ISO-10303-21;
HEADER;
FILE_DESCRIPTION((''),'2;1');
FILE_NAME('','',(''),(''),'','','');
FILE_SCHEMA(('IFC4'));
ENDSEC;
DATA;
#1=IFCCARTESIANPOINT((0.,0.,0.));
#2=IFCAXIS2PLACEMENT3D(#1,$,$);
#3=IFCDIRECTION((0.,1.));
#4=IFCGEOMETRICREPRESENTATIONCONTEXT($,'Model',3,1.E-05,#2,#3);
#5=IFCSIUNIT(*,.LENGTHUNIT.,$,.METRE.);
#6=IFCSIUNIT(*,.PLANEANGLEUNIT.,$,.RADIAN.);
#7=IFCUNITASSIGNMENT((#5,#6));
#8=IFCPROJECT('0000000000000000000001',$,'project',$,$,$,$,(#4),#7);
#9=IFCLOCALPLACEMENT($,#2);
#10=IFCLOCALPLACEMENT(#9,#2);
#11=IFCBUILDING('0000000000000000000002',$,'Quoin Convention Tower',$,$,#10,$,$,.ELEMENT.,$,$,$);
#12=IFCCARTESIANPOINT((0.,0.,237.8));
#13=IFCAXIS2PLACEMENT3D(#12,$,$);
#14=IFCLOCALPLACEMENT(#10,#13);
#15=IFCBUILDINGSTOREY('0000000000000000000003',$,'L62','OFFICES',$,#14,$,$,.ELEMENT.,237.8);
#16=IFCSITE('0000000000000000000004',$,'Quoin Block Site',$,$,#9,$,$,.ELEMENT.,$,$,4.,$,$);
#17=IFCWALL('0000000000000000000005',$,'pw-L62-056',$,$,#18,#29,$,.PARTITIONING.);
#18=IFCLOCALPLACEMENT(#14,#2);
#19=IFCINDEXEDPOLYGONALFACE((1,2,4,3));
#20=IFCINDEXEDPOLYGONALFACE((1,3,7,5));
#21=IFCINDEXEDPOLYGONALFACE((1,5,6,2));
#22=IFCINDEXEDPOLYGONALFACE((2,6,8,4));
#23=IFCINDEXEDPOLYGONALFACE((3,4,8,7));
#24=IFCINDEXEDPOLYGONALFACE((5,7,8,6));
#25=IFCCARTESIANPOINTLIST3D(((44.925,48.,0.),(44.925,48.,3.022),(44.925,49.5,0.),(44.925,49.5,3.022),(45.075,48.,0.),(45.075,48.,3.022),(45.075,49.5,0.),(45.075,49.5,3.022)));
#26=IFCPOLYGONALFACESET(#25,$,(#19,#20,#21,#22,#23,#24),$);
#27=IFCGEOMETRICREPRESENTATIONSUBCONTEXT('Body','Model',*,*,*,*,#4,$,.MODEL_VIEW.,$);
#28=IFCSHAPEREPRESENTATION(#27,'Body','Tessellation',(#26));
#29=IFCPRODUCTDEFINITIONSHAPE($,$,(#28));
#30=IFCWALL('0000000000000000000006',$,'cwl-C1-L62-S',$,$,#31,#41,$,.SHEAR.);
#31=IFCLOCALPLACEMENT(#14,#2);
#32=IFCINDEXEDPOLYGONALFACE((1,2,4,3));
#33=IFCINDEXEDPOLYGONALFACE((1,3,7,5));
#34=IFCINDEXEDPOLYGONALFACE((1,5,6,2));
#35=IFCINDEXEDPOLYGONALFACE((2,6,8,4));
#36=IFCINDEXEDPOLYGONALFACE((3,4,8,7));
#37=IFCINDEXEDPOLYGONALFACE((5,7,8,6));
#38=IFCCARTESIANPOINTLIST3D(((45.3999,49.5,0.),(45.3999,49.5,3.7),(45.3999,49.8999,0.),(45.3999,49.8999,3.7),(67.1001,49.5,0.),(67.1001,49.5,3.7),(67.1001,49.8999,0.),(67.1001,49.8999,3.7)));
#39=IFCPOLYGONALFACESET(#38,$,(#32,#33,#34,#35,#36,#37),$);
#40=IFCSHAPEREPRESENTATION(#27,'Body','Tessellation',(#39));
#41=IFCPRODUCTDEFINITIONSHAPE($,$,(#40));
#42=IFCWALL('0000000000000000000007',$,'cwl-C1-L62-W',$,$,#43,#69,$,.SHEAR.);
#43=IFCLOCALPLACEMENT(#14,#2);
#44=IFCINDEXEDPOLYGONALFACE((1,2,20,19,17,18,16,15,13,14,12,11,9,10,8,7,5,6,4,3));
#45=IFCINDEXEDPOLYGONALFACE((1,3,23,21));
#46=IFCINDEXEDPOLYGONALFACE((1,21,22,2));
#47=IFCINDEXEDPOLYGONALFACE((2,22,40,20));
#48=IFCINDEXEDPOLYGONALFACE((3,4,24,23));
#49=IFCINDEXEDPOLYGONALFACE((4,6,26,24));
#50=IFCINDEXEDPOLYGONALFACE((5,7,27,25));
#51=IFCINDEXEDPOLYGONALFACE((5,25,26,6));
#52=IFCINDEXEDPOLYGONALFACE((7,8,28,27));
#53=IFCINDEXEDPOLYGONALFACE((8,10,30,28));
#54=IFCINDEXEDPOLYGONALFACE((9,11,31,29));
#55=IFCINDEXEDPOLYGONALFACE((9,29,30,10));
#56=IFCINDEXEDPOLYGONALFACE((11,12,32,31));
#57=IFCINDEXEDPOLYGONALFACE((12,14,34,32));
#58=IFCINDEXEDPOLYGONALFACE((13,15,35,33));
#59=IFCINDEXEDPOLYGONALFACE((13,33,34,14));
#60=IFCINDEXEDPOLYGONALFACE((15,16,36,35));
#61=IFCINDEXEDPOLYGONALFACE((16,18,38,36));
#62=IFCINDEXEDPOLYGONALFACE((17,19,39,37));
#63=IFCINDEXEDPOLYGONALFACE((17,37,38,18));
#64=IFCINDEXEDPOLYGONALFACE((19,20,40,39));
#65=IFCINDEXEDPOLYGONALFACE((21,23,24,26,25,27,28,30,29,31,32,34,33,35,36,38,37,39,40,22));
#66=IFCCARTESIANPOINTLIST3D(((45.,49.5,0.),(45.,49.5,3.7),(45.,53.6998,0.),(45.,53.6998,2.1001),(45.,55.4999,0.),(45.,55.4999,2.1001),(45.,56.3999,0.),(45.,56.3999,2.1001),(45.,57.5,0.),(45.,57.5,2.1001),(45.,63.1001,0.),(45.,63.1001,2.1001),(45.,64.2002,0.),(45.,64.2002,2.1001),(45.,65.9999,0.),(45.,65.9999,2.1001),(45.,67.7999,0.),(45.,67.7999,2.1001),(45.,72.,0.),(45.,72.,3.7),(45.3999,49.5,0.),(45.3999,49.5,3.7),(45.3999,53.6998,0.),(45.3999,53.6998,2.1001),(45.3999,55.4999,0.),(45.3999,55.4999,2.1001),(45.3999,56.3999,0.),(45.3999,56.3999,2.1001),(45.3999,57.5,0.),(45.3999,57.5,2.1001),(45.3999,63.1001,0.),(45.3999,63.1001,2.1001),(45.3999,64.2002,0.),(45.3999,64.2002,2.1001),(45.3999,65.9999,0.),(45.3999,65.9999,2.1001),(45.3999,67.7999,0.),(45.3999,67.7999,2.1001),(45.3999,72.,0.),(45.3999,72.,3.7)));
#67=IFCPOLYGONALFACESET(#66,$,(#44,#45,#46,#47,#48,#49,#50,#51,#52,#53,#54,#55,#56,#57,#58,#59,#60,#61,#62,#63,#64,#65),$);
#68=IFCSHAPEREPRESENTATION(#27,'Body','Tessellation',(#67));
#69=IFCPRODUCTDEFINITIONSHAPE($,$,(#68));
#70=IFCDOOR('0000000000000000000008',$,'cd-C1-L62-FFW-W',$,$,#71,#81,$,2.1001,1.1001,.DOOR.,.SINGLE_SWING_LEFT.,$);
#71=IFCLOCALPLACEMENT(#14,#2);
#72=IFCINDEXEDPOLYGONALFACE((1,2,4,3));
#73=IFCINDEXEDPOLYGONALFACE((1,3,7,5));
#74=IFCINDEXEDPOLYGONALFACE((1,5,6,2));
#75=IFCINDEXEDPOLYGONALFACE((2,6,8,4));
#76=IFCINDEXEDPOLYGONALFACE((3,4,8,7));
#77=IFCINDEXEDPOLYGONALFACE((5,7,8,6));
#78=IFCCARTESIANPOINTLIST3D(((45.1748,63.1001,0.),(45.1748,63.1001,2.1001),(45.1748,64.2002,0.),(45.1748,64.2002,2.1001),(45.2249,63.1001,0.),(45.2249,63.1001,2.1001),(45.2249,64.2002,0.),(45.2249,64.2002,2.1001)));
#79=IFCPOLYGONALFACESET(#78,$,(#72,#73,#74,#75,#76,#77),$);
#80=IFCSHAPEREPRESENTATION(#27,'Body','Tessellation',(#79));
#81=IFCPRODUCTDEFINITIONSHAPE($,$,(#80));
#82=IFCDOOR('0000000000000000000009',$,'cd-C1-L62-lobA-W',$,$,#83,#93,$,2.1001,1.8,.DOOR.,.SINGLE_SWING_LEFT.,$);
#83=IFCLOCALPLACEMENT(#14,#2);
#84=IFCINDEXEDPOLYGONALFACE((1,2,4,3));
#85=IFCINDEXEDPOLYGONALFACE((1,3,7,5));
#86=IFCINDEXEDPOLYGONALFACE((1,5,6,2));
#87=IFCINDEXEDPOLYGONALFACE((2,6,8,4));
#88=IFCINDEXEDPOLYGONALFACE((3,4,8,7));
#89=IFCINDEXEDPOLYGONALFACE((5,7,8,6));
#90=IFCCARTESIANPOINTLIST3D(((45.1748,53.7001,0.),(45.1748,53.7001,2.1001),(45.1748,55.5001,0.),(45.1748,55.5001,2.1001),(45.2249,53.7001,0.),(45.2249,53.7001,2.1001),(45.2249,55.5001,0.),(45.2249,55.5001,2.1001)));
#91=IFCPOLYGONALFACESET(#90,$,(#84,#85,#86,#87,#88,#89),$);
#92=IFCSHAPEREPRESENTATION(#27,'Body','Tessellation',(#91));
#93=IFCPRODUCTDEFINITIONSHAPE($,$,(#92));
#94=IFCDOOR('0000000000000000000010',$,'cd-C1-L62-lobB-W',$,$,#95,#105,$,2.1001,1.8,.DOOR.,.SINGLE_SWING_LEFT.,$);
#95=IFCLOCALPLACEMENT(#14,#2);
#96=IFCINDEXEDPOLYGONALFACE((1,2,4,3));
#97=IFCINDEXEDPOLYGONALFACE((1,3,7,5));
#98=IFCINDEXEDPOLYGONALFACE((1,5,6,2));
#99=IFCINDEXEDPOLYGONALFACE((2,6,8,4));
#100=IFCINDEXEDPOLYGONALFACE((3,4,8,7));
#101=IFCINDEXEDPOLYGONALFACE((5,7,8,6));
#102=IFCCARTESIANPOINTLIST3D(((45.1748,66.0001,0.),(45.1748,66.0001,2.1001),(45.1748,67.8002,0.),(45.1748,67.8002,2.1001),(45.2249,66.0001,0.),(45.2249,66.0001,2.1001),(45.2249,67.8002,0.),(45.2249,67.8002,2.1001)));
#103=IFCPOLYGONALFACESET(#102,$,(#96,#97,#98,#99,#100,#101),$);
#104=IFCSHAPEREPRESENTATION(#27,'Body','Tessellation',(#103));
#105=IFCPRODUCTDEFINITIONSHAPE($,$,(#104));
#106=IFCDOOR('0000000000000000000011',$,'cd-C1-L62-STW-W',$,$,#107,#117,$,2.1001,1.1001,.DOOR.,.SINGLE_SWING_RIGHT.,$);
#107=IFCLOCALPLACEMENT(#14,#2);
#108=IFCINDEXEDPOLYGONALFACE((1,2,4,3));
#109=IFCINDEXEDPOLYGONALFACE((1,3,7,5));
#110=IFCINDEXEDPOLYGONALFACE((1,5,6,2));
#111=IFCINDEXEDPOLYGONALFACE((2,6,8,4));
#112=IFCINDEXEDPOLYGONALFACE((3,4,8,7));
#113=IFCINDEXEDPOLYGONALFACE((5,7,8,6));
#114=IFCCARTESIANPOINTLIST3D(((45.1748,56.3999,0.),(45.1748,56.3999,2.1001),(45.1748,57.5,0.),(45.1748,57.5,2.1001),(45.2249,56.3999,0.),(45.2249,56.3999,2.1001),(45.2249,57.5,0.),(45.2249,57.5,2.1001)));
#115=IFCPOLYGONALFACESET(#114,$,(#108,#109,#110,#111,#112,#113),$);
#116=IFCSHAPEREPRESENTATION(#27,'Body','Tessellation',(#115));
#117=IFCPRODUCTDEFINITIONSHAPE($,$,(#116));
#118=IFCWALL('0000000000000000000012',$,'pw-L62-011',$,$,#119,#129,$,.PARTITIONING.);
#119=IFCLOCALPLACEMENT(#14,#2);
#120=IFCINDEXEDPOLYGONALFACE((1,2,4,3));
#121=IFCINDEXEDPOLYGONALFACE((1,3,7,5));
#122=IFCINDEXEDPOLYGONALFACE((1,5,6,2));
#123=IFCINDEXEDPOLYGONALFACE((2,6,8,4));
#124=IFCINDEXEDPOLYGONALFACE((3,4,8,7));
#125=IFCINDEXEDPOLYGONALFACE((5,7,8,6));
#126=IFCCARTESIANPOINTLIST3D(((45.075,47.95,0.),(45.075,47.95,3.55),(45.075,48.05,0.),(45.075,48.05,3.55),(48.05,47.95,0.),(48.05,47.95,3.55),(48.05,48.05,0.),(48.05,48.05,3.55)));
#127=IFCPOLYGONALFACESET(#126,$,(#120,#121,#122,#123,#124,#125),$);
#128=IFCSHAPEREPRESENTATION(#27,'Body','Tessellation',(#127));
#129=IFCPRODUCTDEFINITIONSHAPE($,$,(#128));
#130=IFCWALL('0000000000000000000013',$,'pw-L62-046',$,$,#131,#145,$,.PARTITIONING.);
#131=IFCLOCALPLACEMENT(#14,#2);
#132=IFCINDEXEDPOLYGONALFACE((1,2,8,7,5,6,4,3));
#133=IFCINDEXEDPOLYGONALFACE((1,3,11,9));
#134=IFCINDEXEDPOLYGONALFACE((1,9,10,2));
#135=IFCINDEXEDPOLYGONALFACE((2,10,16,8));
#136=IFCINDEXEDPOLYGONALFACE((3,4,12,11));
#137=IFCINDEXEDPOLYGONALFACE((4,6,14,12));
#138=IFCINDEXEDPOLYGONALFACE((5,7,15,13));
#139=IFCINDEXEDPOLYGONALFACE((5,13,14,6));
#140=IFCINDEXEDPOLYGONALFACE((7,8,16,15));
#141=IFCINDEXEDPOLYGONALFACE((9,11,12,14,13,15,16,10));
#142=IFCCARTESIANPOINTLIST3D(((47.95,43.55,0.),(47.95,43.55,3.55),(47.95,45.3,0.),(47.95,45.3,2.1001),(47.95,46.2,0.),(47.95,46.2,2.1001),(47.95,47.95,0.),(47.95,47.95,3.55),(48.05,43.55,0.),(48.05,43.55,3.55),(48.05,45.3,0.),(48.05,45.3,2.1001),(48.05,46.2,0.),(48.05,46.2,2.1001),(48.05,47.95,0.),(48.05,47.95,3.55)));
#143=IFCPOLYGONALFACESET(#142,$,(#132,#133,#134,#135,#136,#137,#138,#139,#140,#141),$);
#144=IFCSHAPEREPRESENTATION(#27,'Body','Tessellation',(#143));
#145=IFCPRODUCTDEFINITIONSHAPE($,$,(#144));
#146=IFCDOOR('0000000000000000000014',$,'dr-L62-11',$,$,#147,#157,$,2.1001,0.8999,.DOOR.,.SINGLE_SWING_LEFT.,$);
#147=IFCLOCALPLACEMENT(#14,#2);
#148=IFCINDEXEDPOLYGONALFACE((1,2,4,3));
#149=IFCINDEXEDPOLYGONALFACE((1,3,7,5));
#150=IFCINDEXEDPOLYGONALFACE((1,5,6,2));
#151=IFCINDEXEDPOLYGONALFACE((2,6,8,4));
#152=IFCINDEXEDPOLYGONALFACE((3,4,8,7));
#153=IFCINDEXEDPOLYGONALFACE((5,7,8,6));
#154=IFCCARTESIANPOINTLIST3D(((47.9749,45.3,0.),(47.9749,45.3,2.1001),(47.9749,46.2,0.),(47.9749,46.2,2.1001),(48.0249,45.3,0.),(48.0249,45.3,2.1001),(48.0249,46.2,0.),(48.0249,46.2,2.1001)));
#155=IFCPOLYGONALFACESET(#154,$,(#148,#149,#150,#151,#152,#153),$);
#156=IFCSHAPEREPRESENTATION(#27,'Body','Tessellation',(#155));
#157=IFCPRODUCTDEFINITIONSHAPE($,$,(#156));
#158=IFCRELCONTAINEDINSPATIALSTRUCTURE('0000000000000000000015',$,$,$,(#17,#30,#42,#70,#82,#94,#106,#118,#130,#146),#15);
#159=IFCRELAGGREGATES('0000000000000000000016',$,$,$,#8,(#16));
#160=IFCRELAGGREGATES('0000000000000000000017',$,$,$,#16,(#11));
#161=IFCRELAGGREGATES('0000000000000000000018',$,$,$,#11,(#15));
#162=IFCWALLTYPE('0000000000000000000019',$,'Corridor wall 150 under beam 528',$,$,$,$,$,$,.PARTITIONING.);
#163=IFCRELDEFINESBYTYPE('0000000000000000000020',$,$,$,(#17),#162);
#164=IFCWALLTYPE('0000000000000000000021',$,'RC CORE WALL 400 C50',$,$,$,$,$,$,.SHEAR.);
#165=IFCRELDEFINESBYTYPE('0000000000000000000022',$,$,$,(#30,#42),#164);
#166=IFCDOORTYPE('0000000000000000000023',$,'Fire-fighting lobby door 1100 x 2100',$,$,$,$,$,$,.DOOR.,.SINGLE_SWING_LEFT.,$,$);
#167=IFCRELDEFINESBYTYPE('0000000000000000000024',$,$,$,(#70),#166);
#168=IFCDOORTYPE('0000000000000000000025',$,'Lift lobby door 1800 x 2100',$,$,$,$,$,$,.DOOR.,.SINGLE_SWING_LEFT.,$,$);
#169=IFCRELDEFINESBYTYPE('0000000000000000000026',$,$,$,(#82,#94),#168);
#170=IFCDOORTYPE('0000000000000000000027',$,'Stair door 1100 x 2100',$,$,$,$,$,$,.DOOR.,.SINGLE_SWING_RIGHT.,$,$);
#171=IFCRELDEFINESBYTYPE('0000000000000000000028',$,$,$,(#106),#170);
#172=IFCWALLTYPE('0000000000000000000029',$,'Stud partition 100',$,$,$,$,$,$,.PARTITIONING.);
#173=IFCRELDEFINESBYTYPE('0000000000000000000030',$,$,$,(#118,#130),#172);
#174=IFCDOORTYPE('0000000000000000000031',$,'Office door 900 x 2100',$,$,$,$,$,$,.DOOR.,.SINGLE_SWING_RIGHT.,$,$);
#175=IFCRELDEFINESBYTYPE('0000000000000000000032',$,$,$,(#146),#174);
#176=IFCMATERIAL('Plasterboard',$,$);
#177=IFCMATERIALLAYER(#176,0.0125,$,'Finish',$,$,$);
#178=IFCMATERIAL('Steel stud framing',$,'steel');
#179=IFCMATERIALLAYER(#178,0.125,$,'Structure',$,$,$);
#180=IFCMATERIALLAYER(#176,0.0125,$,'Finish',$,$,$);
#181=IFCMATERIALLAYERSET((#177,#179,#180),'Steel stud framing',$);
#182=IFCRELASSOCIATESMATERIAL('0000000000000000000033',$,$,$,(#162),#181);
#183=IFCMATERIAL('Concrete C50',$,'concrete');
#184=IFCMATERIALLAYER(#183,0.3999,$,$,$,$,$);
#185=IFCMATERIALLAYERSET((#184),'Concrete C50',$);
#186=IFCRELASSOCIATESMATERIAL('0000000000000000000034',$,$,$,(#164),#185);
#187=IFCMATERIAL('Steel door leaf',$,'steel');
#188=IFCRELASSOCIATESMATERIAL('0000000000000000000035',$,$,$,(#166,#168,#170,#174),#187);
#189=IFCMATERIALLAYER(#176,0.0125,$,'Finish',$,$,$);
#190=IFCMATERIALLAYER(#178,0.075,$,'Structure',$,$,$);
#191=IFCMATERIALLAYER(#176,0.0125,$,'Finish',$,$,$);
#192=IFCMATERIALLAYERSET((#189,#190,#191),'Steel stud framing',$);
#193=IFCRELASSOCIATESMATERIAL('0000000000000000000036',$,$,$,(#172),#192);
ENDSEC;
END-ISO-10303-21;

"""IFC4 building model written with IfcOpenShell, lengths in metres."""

from ifc_helpers import new_model, si_unit, direction, frame, frame_2d, origin, place, context, subcontext, project, spatial, rectangle, extrude, material, layer, layer_set, type_object, element, fill, save


model = new_model("IFC4")

# Units and contexts
model_context = context("Model", 3, precision=1e-05, world=origin(), true_north=direction((0.0, 1.0)))
body_context = subcontext(model_context, "Body", "Model", "MODEL_VIEW")
ifc_project = project(units=[si_unit("LENGTHUNIT", "METRE"), si_unit("PLANEANGLEUNIT", "RADIAN")], contexts=[model_context])

# Site, building, storey
site_placement = place(None, origin())
site = spatial("IfcSite", under=ifc_project, at=site_placement, Name="Quoin Block Site", CompositionType="ELEMENT", RefElevation=4.0)
building_placement = place(site_placement, origin())
building = spatial("IfcBuilding", under=site, at=building_placement, Name="Quoin Convention Tower", CompositionType="ELEMENT")
storey_placement = place(building_placement, frame((0.0, 0.0, 237.8)))
storey = spatial("IfcBuildingStorey", under=building, at=storey_placement, Name="L62", Description="OFFICES", CompositionType="ELEMENT", Elevation=237.8)

# Shared definitions
ifc_material_1 = material(Name="Plasterboard")
ifc_material_2 = material(Name="Steel stud framing", Category="steel")
ifc_material_3 = material(Name="Steel door leaf", Category="steel")

# Walls
ifc_layer_1 = layer(ifc_material_1, 0.0125, Name="Finish")
ifc_layer_2 = layer(ifc_material_2, 0.125, Name="Structure")
ifc_layer_3 = layer(ifc_material_1, 0.0125, Name="Finish")
ifc_layer_set_1 = layer_set([ifc_layer_1, ifc_layer_2, ifc_layer_3], Name="Steel stud framing")
wall_type_1 = type_object("IfcWallType", Name="Corridor wall 150 under beam 528", PredefinedType="PARTITIONING", material=ifc_layer_set_1)
wall_1_placement = place(storey_placement, frame((45.0, 48.0, 0.0), z_axis=(0.0, 0.0, 1.0), x_axis=(0.0, 1.0, 0.0)))
element("IfcWall", 1, at=wall_1_placement, inside=storey, type_object=wall_type_1, Name="pw-L62-056", PredefinedType="PARTITIONING", context=body_context, shape_type="SweptSolid", body=[
    extrude(rectangle(XDim=1.5, YDim=0.1499, at=frame_2d((0.75, 0.0))), origin(), (0.0, 0.0, 1.0), 3.022),
])
ifc_material_4 = material(Name="Concrete C50", Category="concrete")
ifc_layer_4 = layer(ifc_material_4, 0.3999)
ifc_layer_set_2 = layer_set([ifc_layer_4], Name="Concrete C50")
wall_type_2 = type_object("IfcWallType", Name="RC CORE WALL 400 C50", PredefinedType="SHEAR", material=ifc_layer_set_2)
wall_2_placement = place(storey_placement, frame((45.3999, 49.7, 0.0), z_axis=(0.0, 0.0, 1.0), x_axis=(1.0, 0.0, 0.0)))
element("IfcWall", 2, at=wall_2_placement, inside=storey, type_object=wall_type_2, Name="cwl-C1-L62-S", PredefinedType="SHEAR", context=body_context, shape_type="SweptSolid", body=[
    extrude(rectangle(XDim=21.7002, YDim=0.3999, at=frame_2d((10.8501, 0.0))), origin(), (0.0, 0.0, 1.0), 3.7),
])

# Wall, openings, doors
wall_3_placement = place(storey_placement, frame((45.2, 49.5, 0.0), z_axis=(0.0, 0.0, 1.0), x_axis=(0.0, 1.0, 0.0)))
wall_3 = element("IfcWall", 3, at=wall_3_placement, inside=storey, type_object=wall_type_2, Name="cwl-C1-L62-W", PredefinedType="SHEAR", context=body_context, shape_type="SweptSolid", body=[
    extrude(rectangle(XDim=22.5, YDim=0.3999, at=frame_2d((11.25, 0.0))), origin(), (0.0, 0.0, 1.0), 3.7),
])
opening_1_placement = place(wall_3_placement, frame((4.2, 0.0, 0.0)))
opening_1 = element("IfcOpeningElement", 4, at=opening_1_placement, cuts=wall_3, PredefinedType="OPENING", context=body_context, shape_type="SweptSolid", body=[
    extrude(rectangle(XDim=1.8, YDim=2.1001, at=frame_2d((0.8999, 1.05))), frame((0.0, 0.21, 0.0), z_axis=(0.0, -1.0, 0.0), x_axis=(1.0, 0.0, 0.0)), (0.0, 0.0, 1.0), 0.4199),
])
opening_2_placement = place(wall_3_placement, frame((6.8999, 0.0, 0.0)))
opening_2 = element("IfcOpeningElement", 5, at=opening_2_placement, cuts=wall_3, PredefinedType="OPENING", context=body_context, shape_type="SweptSolid", body=[
    extrude(rectangle(XDim=1.1001, YDim=2.1001, at=frame_2d((0.55, 1.05))), frame((0.0, 0.21, 0.0), z_axis=(0.0, -1.0, 0.0), x_axis=(1.0, 0.0, 0.0)), (0.0, 0.0, 1.0), 0.4199),
])
opening_3_placement = place(wall_3_placement, frame((13.6001, 0.0, 0.0)))
opening_3 = element("IfcOpeningElement", 6, at=opening_3_placement, cuts=wall_3, PredefinedType="OPENING", context=body_context, shape_type="SweptSolid", body=[
    extrude(rectangle(XDim=1.1001, YDim=2.1001, at=frame_2d((0.55, 1.05))), frame((0.0, 0.21, 0.0), z_axis=(0.0, -1.0, 0.0), x_axis=(1.0, 0.0, 0.0)), (0.0, 0.0, 1.0), 0.4199),
])
opening_4_placement = place(wall_3_placement, frame((16.5, 0.0, 0.0)))
opening_4 = element("IfcOpeningElement", 7, at=opening_4_placement, cuts=wall_3, PredefinedType="OPENING", context=body_context, shape_type="SweptSolid", body=[
    extrude(rectangle(XDim=1.8, YDim=2.1001, at=frame_2d((0.8999, 1.05))), frame((0.0, 0.21, 0.0), z_axis=(0.0, -1.0, 0.0), x_axis=(1.0, 0.0, 0.0)), (0.0, 0.0, 1.0), 0.4199),
])
door_type_1 = type_object("IfcDoorType", Name="Fire-fighting lobby door 1100 x 2100", OperationType="SINGLE_SWING_LEFT", PredefinedType="DOOR", material=ifc_material_3)
door_1_placement = place(opening_3_placement, frame((1.1001, 0.0, 0.0), z_axis=(0.0, 0.0, 1.0), x_axis=(-1.0, 0.0, 0.0)))
door_1 = element("IfcDoor", 8, at=door_1_placement, inside=storey, type_object=door_type_1, Name="cd-C1-L62-FFW-W", OperationType="SINGLE_SWING_LEFT", OverallHeight=2.1001, OverallWidth=1.1001, PredefinedType="DOOR", context=body_context, shape_type="SweptSolid", body=[
    extrude(rectangle(XDim=1.1001, YDim=2.1001, at=frame_2d((0.55, 1.05))), frame((0.0, 0.0249, 0.0), z_axis=(0.0, -1.0, 0.0), x_axis=(1.0, 0.0, 0.0)), (0.0, 0.0, 1.0), 0.05),
])
fill(opening_3, door_1)
door_type_2 = type_object("IfcDoorType", Name="Lift lobby door 1800 x 2100", OperationType="SINGLE_SWING_LEFT", PredefinedType="DOOR", material=ifc_material_3)
door_2_placement = place(opening_1_placement, frame((1.8, 0.0, 0.0), z_axis=(0.0, 0.0, 1.0), x_axis=(-1.0, 0.0, 0.0)))
door_2 = element("IfcDoor", 9, at=door_2_placement, inside=storey, type_object=door_type_2, Name="cd-C1-L62-lobA-W", OperationType="SINGLE_SWING_LEFT", OverallHeight=2.1001, OverallWidth=1.8, PredefinedType="DOOR", context=body_context, shape_type="SweptSolid", body=[
    extrude(rectangle(XDim=1.8, YDim=2.1001, at=frame_2d((0.8999, 1.05))), frame((0.0, 0.0249, 0.0), z_axis=(0.0, -1.0, 0.0), x_axis=(1.0, 0.0, 0.0)), (0.0, 0.0, 1.0), 0.05),
])
fill(opening_1, door_2)
door_3_placement = place(opening_4_placement, frame((1.8, 0.0, 0.0), z_axis=(0.0, 0.0, 1.0), x_axis=(-1.0, 0.0, 0.0)))
door_3 = element("IfcDoor", 10, at=door_3_placement, inside=storey, type_object=door_type_2, Name="cd-C1-L62-lobB-W", OperationType="SINGLE_SWING_LEFT", OverallHeight=2.1001, OverallWidth=1.8, PredefinedType="DOOR", context=body_context, shape_type="SweptSolid", body=[
    extrude(rectangle(XDim=1.8, YDim=2.1001, at=frame_2d((0.8999, 1.05))), frame((0.0, 0.0249, 0.0), z_axis=(0.0, -1.0, 0.0), x_axis=(1.0, 0.0, 0.0)), (0.0, 0.0, 1.0), 0.05),
])
fill(opening_4, door_3)
door_type_3 = type_object("IfcDoorType", Name="Stair door 1100 x 2100", OperationType="SINGLE_SWING_RIGHT", PredefinedType="DOOR", material=ifc_material_3)
door_4_placement = place(opening_2_placement, frame((1.1001, 0.0, 0.0), z_axis=(0.0, 0.0, 1.0), x_axis=(-1.0, 0.0, 0.0)))
door_4 = element("IfcDoor", 11, at=door_4_placement, inside=storey, type_object=door_type_3, Name="cd-C1-L62-STW-W", OperationType="SINGLE_SWING_RIGHT", OverallHeight=2.1001, OverallWidth=1.1001, PredefinedType="DOOR", context=body_context, shape_type="SweptSolid", body=[
    extrude(rectangle(XDim=1.1001, YDim=2.1001, at=frame_2d((0.55, 1.05))), frame((0.0, 0.0249, 0.0), z_axis=(0.0, -1.0, 0.0), x_axis=(1.0, 0.0, 0.0)), (0.0, 0.0, 1.0), 0.05),
])
fill(opening_2, door_4)

# Wall
ifc_layer_5 = layer(ifc_material_1, 0.0125, Name="Finish")
ifc_layer_6 = layer(ifc_material_2, 0.075, Name="Structure")
ifc_layer_7 = layer(ifc_material_1, 0.0125, Name="Finish")
ifc_layer_set_3 = layer_set([ifc_layer_5, ifc_layer_6, ifc_layer_7], Name="Steel stud framing")
wall_type_3 = type_object("IfcWallType", Name="Stud partition 100", PredefinedType="PARTITIONING", material=ifc_layer_set_3)
wall_4_placement = place(storey_placement, frame((45.075, 48.0, 0.0), z_axis=(0.0, 0.0, 1.0), x_axis=(1.0, 0.0, 0.0)))
element("IfcWall", 12, at=wall_4_placement, inside=storey, type_object=wall_type_3, Name="pw-L62-011", PredefinedType="PARTITIONING", context=body_context, shape_type="SweptSolid", body=[
    extrude(rectangle(XDim=2.9751, YDim=0.1001, at=frame_2d((1.4875, 0.0))), origin(), (0.0, 0.0, 1.0), 3.55),
])

# Wall, opening, door
wall_5_placement = place(storey_placement, frame((48.0, 43.55, 0.0), z_axis=(0.0, 0.0, 1.0), x_axis=(0.0, 1.0, 0.0)))
wall_5 = element("IfcWall", 13, at=wall_5_placement, inside=storey, type_object=wall_type_3, Name="pw-L62-046", PredefinedType="PARTITIONING", context=body_context, shape_type="SweptSolid", body=[
    extrude(rectangle(XDim=4.3999, YDim=0.1001, at=frame_2d((2.2, 0.0))), origin(), (0.0, 0.0, 1.0), 3.55),
])
opening_5_placement = place(wall_5_placement, frame((1.75, 0.0, 0.0)))
opening_5 = element("IfcOpeningElement", 14, at=opening_5_placement, cuts=wall_5, PredefinedType="OPENING", context=body_context, shape_type="SweptSolid", body=[
    extrude(rectangle(XDim=0.8999, YDim=2.1001, at=frame_2d((0.45, 1.05))), frame((0.0, 0.0601, 0.0), z_axis=(0.0, -1.0, 0.0), x_axis=(1.0, 0.0, 0.0)), (0.0, 0.0, 1.0), 0.1201),
])
door_type_4 = type_object("IfcDoorType", Name="Office door 900 x 2100", OperationType="SINGLE_SWING_RIGHT", PredefinedType="DOOR", material=ifc_material_3)
door_5_placement = place(opening_5_placement, frame((0.8999, 0.0, 0.0), z_axis=(0.0, 0.0, 1.0), x_axis=(-1.0, 0.0, 0.0)))
door_5 = element("IfcDoor", 15, at=door_5_placement, inside=storey, type_object=door_type_4, Name="dr-L62-11", OperationType="SINGLE_SWING_LEFT", OverallHeight=2.1001, OverallWidth=0.8999, PredefinedType="DOOR", context=body_context, shape_type="SweptSolid", body=[
    extrude(rectangle(XDim=0.8999, YDim=2.1001, at=frame_2d((0.45, 1.05))), frame((0.0, 0.0249, 0.0), z_axis=(0.0, -1.0, 0.0), x_axis=(1.0, 0.0, 0.0)), (0.0, 0.0, 1.0), 0.05),
])
fill(opening_5, door_5)

save(model, "model.ifc")
